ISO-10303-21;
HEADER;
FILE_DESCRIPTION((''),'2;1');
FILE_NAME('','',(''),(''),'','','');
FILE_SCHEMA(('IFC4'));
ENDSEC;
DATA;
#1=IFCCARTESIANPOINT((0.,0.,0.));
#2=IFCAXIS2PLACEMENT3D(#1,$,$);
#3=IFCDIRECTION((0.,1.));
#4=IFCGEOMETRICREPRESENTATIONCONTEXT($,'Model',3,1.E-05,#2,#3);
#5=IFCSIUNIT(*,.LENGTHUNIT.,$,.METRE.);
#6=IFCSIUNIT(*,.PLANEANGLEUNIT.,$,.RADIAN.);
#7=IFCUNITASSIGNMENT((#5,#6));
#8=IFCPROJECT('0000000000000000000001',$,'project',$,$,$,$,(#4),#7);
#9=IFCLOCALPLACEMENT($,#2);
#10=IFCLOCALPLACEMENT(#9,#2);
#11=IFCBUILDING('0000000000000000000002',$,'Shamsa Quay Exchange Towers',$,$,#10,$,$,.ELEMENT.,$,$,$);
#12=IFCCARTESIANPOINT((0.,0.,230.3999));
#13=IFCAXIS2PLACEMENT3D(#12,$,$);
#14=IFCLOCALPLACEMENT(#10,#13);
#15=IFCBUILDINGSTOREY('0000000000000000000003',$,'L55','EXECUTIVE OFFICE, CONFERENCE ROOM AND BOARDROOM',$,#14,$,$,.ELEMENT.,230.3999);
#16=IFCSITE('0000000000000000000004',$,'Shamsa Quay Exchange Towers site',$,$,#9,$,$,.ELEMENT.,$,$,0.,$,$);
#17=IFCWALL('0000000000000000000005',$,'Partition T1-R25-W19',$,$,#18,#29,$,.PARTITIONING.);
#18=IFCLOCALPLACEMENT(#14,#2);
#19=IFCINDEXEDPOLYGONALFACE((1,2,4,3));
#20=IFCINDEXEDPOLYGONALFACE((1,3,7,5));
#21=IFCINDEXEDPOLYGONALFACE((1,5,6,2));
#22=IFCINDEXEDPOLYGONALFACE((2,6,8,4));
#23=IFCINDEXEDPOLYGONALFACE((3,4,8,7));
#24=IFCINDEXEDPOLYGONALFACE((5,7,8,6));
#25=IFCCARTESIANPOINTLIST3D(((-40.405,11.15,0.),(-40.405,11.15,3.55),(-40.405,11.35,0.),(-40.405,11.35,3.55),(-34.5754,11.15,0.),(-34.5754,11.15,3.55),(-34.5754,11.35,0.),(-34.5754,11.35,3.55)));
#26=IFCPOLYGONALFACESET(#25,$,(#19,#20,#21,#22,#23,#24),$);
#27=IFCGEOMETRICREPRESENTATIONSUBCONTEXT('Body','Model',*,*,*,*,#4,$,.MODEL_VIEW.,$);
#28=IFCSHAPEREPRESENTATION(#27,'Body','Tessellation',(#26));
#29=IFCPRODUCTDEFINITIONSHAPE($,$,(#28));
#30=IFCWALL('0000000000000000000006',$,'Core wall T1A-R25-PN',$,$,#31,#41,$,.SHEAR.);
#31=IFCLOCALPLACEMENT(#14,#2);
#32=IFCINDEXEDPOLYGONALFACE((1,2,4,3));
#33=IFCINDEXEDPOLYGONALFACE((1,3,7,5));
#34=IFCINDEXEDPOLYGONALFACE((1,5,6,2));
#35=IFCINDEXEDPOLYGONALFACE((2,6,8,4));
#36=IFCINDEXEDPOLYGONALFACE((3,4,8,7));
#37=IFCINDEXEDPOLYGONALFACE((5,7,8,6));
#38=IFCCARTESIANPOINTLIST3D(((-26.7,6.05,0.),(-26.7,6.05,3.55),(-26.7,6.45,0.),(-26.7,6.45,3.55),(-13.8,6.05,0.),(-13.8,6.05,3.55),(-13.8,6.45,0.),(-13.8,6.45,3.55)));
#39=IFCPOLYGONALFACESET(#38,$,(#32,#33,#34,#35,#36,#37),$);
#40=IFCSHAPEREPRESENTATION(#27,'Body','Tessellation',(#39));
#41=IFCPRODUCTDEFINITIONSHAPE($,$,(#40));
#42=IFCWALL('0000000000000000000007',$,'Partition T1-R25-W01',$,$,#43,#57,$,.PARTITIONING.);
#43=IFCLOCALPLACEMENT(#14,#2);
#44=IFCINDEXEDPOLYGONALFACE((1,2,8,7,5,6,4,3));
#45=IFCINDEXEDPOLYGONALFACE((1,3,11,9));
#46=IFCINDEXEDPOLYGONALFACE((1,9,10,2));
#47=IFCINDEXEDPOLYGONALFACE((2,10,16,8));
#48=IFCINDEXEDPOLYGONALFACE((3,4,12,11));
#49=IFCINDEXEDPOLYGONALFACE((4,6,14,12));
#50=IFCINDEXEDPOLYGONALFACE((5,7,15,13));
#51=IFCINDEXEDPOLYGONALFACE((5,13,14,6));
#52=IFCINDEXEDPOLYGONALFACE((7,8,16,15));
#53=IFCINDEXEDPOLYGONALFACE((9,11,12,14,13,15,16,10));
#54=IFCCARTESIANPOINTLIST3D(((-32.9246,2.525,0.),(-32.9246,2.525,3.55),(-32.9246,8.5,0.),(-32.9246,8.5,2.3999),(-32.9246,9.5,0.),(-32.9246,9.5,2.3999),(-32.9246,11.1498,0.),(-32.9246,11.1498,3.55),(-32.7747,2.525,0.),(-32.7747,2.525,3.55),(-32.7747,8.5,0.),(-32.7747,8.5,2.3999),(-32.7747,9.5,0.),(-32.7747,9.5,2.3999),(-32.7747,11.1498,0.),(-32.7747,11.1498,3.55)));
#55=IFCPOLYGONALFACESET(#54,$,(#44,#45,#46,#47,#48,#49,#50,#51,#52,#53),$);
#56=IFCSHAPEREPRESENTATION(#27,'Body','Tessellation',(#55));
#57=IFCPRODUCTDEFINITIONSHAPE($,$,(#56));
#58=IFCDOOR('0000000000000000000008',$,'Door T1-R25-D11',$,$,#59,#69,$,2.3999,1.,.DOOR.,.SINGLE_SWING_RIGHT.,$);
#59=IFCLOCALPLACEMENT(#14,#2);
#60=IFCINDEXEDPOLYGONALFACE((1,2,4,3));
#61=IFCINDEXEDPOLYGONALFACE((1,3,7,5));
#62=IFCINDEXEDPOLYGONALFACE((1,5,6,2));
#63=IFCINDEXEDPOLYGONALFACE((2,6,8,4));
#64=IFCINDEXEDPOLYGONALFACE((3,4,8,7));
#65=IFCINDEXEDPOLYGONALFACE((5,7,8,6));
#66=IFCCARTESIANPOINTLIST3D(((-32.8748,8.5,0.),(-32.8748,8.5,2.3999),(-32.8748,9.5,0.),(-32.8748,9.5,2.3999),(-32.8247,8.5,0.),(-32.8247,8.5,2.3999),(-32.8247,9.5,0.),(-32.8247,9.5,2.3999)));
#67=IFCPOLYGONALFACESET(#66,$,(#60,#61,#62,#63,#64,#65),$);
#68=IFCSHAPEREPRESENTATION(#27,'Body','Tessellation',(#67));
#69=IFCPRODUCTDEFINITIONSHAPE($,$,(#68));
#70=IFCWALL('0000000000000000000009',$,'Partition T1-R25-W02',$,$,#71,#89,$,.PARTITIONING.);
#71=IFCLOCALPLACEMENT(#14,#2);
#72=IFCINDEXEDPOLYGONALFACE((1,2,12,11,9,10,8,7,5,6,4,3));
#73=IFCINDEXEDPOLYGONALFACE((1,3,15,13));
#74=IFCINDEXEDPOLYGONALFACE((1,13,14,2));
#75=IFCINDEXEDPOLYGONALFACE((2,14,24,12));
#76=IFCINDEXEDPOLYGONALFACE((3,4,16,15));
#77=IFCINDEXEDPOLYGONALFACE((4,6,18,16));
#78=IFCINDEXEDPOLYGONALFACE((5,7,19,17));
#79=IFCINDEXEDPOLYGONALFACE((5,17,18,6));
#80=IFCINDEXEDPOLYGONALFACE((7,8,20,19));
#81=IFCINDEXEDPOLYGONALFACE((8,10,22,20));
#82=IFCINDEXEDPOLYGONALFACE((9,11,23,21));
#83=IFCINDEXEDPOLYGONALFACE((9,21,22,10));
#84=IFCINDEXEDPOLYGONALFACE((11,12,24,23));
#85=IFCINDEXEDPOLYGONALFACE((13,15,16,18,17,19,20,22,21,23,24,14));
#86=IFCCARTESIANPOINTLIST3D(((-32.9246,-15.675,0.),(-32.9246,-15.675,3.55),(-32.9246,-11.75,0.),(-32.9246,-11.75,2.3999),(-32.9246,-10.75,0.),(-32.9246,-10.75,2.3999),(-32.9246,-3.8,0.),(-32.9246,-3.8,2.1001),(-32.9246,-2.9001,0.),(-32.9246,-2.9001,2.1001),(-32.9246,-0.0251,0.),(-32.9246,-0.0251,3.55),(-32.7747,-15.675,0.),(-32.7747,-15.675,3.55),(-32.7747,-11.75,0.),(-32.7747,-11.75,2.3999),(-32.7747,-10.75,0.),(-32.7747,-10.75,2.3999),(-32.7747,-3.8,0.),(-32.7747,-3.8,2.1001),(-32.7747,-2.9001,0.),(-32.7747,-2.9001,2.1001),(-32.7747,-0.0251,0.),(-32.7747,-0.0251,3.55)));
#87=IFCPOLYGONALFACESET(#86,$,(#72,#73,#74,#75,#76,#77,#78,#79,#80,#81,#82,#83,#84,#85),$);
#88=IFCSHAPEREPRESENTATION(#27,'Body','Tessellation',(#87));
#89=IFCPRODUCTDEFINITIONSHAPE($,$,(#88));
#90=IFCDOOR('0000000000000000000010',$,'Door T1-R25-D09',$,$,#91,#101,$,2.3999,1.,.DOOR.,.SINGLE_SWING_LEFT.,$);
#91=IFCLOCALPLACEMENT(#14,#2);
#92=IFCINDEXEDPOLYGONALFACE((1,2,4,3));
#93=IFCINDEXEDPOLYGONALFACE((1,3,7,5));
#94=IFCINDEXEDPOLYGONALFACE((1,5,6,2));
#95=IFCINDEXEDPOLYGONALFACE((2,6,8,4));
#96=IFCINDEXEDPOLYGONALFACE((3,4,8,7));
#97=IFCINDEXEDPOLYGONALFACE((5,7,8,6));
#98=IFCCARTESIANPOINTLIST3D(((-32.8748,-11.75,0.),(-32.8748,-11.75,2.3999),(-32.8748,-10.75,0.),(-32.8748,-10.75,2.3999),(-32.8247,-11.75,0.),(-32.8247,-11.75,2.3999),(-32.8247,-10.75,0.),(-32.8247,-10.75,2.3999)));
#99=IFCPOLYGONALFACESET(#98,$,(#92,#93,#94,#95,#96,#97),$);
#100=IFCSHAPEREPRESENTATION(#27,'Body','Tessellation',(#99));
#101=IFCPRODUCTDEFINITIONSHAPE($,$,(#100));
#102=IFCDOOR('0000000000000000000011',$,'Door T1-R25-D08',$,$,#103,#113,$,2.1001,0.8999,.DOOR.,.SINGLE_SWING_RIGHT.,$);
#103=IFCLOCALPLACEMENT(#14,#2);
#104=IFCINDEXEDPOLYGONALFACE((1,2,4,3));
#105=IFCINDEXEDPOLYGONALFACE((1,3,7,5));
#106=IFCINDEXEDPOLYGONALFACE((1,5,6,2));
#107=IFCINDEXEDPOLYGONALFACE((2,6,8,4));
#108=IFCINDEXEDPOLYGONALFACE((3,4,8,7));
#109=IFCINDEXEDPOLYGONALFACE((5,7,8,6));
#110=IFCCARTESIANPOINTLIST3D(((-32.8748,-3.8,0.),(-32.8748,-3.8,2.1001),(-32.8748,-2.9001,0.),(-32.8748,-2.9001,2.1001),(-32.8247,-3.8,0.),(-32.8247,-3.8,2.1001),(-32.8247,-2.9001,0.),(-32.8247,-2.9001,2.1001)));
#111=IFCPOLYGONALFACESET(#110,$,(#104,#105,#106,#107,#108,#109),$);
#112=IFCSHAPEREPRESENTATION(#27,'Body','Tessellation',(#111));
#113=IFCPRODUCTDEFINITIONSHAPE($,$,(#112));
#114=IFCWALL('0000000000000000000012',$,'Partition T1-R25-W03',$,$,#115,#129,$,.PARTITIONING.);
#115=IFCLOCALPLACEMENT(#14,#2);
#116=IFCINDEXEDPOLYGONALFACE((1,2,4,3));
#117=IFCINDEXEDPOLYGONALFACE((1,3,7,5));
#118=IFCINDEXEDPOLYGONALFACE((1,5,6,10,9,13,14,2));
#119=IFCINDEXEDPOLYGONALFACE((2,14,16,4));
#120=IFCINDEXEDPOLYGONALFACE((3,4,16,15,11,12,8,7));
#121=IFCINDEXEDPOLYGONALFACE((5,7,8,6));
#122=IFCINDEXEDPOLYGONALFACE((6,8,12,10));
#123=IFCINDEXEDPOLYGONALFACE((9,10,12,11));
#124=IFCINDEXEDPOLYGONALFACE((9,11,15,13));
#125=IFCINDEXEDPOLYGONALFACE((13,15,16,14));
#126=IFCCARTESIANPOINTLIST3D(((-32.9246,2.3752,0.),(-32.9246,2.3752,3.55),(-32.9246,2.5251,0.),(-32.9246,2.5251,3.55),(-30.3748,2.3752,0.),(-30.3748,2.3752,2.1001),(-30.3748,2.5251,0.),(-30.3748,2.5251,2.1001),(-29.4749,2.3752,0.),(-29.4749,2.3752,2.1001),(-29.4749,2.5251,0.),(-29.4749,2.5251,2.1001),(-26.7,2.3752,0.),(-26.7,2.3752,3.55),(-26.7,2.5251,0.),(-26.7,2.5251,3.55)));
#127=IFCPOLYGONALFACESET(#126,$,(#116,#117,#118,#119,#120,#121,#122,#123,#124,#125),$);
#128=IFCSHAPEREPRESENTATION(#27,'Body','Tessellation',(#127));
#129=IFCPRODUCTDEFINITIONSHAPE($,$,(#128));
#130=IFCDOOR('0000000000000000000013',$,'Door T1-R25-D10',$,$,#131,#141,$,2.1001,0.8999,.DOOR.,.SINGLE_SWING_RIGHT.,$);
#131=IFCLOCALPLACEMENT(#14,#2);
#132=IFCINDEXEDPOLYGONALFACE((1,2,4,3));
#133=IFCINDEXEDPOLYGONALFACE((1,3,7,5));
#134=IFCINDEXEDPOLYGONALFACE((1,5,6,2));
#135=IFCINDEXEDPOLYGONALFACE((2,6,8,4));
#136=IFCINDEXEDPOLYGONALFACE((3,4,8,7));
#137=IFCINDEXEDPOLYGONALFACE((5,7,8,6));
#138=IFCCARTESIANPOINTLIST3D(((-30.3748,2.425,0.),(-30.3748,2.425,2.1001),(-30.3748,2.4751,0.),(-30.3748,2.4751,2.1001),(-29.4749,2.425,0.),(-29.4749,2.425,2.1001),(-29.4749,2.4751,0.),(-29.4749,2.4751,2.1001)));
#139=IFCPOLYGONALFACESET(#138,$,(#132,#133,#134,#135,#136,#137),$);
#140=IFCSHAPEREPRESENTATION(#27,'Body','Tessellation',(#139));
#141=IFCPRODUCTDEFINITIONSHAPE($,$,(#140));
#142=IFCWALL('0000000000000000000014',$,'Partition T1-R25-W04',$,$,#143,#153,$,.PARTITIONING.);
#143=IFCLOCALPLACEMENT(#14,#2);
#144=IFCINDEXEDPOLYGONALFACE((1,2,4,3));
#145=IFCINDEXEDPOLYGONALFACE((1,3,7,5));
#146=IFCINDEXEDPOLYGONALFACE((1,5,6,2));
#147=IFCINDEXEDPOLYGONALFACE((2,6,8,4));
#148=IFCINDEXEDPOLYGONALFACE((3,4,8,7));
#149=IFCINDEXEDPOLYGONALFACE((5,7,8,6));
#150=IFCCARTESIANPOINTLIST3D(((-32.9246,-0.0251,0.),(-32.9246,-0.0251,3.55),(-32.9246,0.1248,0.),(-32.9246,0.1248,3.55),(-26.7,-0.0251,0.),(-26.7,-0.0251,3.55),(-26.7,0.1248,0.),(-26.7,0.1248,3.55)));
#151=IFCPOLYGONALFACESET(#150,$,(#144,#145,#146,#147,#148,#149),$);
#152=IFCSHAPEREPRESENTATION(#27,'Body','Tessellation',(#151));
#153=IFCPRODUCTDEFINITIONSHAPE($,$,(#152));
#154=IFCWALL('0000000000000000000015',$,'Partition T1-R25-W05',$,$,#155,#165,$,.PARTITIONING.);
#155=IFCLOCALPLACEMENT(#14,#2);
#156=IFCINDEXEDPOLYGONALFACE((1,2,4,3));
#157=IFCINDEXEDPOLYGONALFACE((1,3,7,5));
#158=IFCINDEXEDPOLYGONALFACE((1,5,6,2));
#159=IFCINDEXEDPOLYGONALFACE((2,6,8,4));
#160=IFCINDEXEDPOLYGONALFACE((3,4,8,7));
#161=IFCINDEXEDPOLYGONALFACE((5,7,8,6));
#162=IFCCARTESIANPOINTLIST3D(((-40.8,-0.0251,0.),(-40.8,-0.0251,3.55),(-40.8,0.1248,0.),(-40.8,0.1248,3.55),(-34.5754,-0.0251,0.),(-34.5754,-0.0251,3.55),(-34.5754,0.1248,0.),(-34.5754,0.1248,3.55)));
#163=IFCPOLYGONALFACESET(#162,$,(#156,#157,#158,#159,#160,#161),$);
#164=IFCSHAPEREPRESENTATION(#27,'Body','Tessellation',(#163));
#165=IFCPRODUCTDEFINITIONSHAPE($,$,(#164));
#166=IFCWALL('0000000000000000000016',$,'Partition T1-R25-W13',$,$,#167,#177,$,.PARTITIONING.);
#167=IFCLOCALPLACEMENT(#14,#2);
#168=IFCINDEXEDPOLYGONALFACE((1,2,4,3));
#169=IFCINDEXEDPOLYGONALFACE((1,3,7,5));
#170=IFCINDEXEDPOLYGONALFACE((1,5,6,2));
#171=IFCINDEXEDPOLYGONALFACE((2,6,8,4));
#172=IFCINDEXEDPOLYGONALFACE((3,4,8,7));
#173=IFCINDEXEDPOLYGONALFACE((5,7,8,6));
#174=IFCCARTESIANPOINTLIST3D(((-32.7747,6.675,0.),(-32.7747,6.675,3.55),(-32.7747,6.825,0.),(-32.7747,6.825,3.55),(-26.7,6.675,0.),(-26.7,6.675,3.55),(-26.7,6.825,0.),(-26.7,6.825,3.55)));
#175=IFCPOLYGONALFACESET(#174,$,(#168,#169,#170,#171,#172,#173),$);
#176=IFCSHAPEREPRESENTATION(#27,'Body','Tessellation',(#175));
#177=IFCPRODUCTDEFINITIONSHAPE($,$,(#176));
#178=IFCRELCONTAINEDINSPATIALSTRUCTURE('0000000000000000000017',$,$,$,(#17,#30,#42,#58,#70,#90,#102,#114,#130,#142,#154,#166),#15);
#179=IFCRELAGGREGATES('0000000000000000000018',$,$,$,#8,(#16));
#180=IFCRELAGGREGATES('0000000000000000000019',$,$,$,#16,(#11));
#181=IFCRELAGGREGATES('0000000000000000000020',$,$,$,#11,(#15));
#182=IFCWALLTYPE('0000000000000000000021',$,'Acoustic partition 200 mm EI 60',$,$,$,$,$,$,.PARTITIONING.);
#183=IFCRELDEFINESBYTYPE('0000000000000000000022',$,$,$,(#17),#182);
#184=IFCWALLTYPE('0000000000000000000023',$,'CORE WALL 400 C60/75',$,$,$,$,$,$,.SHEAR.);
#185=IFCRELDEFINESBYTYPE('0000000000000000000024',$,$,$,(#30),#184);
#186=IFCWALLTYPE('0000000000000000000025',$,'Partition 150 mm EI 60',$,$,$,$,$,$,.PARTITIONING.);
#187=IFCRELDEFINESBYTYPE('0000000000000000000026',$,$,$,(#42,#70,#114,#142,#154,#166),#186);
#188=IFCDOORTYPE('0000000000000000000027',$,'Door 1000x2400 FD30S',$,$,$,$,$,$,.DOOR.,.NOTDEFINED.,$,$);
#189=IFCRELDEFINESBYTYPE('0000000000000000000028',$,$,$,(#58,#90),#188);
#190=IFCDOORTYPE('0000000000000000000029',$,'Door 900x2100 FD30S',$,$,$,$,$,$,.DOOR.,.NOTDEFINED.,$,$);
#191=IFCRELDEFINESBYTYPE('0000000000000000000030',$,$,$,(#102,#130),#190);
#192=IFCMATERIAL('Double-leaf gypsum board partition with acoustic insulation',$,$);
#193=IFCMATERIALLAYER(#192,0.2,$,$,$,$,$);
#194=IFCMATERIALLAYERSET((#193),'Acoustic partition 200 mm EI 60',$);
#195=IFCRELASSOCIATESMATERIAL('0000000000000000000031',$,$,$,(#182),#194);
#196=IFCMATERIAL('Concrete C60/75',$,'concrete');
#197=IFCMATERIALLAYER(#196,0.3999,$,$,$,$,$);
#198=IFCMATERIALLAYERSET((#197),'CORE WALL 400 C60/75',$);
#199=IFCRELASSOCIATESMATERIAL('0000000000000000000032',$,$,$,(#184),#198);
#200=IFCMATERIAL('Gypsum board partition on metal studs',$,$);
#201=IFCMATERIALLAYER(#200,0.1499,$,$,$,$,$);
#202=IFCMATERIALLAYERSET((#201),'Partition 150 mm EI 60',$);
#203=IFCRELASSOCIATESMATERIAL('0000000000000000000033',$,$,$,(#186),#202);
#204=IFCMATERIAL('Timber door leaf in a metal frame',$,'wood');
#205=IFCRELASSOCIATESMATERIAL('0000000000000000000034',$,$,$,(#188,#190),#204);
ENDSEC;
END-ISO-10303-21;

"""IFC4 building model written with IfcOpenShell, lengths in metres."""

from ifc_helpers import new_model, si_unit, direction, frame, frame_2d, origin, place, context, subcontext, project, spatial, rectangle, extrude, material, layer, layer_set, type_object, element, fill, save


model = new_model("IFC4")

# Units and contexts
model_context = context("Model", 3, precision=1e-05, world=origin(), true_north=direction((0.0, 1.0)))
body_context = subcontext(model_context, "Body", "Model", "MODEL_VIEW")
ifc_project = project(units=[si_unit("LENGTHUNIT", "METRE"), si_unit("PLANEANGLEUNIT", "RADIAN")], contexts=[model_context])

# Site, building, storey
site_placement = place(None, origin())
site = spatial("IfcSite", under=ifc_project, at=site_placement, Name="Shamsa Quay Exchange Towers site", CompositionType="ELEMENT", RefElevation=0.0)
building_placement = place(site_placement, origin())
building = spatial("IfcBuilding", under=site, at=building_placement, Name="Shamsa Quay Exchange Towers", CompositionType="ELEMENT")
storey_placement = place(building_placement, frame((0.0, 0.0, 230.3999)))
storey = spatial("IfcBuildingStorey", under=building, at=storey_placement, Name="L55", Description="EXECUTIVE OFFICE, CONFERENCE ROOM AND BOARDROOM", CompositionType="ELEMENT", Elevation=230.3999)

# Walls
ifc_material_1 = material(Name="Double-leaf gypsum board partition with acoustic insulation")
ifc_layer_1 = layer(ifc_material_1, 0.2)
ifc_layer_set_1 = layer_set([ifc_layer_1], Name="Acoustic partition 200 mm EI 60")
wall_type_1 = type_object("IfcWallType", Name="Acoustic partition 200 mm EI 60", PredefinedType="PARTITIONING", material=ifc_layer_set_1)
wall_1_placement = place(storey_placement, frame((-34.5754, 11.25, 0.0), z_axis=(0.0, 0.0, 1.0), x_axis=(-1.0, 0.0, 0.0)))
element("IfcWall", 1, at=wall_1_placement, inside=storey, type_object=wall_type_1, Name="Partition T1-R25-W19", PredefinedType="PARTITIONING", context=body_context, shape_type="SweptSolid", body=[
    extrude(rectangle(XDim=5.8296, YDim=0.2, at=frame_2d((2.9148, 0.0))), origin(), (0.0, 0.0, 1.0), 3.55),
])
ifc_material_2 = material(Name="Concrete C60/75", Category="concrete")
ifc_layer_2 = layer(ifc_material_2, 0.3999)
ifc_layer_set_2 = layer_set([ifc_layer_2], Name="CORE WALL 400 C60/75")
wall_type_2 = type_object("IfcWallType", Name="CORE WALL 400 C60/75", PredefinedType="SHEAR", material=ifc_layer_set_2)
wall_2_placement = place(storey_placement, frame((-26.7, 6.25, 0.0)))
element("IfcWall", 2, at=wall_2_placement, inside=storey, type_object=wall_type_2, Name="Core wall T1A-R25-PN", PredefinedType="SHEAR", context=body_context, shape_type="SweptSolid", body=[
    extrude(rectangle(XDim=12.8999, YDim=0.3999, at=frame_2d((6.45, 0.0))), origin(), (0.0, 0.0, 1.0), 3.55),
])

# Wall, opening, door
ifc_material_3 = material(Name="Gypsum board partition on metal studs")
ifc_layer_3 = layer(ifc_material_3, 0.1499)
ifc_layer_set_3 = layer_set([ifc_layer_3], Name="Partition 150 mm EI 60")
wall_type_3 = type_object("IfcWallType", Name="Partition 150 mm EI 60", PredefinedType="PARTITIONING", material=ifc_layer_set_3)
wall_3_placement = place(storey_placement, frame((-32.8496, 11.1499, 0.0), z_axis=(0.0, 0.0, 1.0), x_axis=(0.0, -1.0, 0.0)))
wall_3 = element("IfcWall", 3, at=wall_3_placement, inside=storey, type_object=wall_type_3, Name="Partition T1-R25-W01", PredefinedType="PARTITIONING", context=body_context, shape_type="SweptSolid", body=[
    extrude(rectangle(XDim=8.6248, YDim=0.1499, at=frame_2d((4.3125, 0.0))), origin(), (0.0, 0.0, 1.0), 3.55),
])
opening_1_placement = place(wall_3_placement, frame((1.6499, 0.0, 0.0)))
opening_1 = element("IfcOpeningElement", 4, at=opening_1_placement, cuts=wall_3, PredefinedType="OPENING", context=body_context, shape_type="SweptSolid", body=[
    extrude(rectangle(XDim=1.0, YDim=2.3999, at=frame_2d((0.5, 1.2))), frame((0.0, 0.085, 0.0), z_axis=(0.0, -1.0, 0.0), x_axis=(1.0, 0.0, 0.0)), (0.0, 0.0, 1.0), 0.1699),
])
ifc_material_4 = material(Name="Timber door leaf in a metal frame", Category="wood")
door_type_1 = type_object("IfcDoorType", Name="Door 1000x2400 FD30S", OperationType="NOTDEFINED", PredefinedType="DOOR", material=ifc_material_4)
door_1_placement = place(opening_1_placement, origin())
door_1 = element("IfcDoor", 5, at=door_1_placement, inside=storey, type_object=door_type_1, Name="Door T1-R25-D11", OperationType="SINGLE_SWING_RIGHT", OverallHeight=2.3999, OverallWidth=1.0, PredefinedType="DOOR", context=body_context, shape_type="SweptSolid", body=[
    extrude(rectangle(XDim=1.0, YDim=2.3999, at=frame_2d((0.5, 1.2))), frame((0.0, 0.0249, 0.0), z_axis=(0.0, -1.0, 0.0), x_axis=(1.0, 0.0, 0.0)), (0.0, 0.0, 1.0), 0.05),
])
fill(opening_1, door_1)

# Wall, openings, doors
wall_4_placement = place(storey_placement, frame((-32.8496, -0.0251, 0.0), z_axis=(0.0, 0.0, 1.0), x_axis=(0.0, -1.0, 0.0)))
wall_4 = element("IfcWall", 6, at=wall_4_placement, inside=storey, type_object=wall_type_3, Name="Partition T1-R25-W02", PredefinedType="PARTITIONING", context=body_context, shape_type="SweptSolid", body=[
    extrude(rectangle(XDim=15.6499, YDim=0.1499, at=frame_2d((7.825, 0.0))), origin(), (0.0, 0.0, 1.0), 3.55),
])
opening_2_placement = place(wall_4_placement, frame((2.875, 0.0, 0.0)))
opening_2 = element("IfcOpeningElement", 7, at=opening_2_placement, cuts=wall_4, PredefinedType="OPENING", context=body_context, shape_type="SweptSolid", body=[
    extrude(rectangle(XDim=0.8999, YDim=2.1001, at=frame_2d((0.45, 1.05))), frame((0.0, 0.085, 0.0), z_axis=(0.0, -1.0, 0.0), x_axis=(1.0, 0.0, 0.0)), (0.0, 0.0, 1.0), 0.1699),
])
opening_3_placement = place(wall_4_placement, frame((10.7249, 0.0, 0.0)))
opening_3 = element("IfcOpeningElement", 8, at=opening_3_placement, cuts=wall_4, PredefinedType="OPENING", context=body_context, shape_type="SweptSolid", body=[
    extrude(rectangle(XDim=1.0, YDim=2.3999, at=frame_2d((0.5, 1.2))), frame((0.0, 0.085, 0.0), z_axis=(0.0, -1.0, 0.0), x_axis=(1.0, 0.0, 0.0)), (0.0, 0.0, 1.0), 0.1699),
])
door_2_placement = place(opening_3_placement, origin())
door_2 = element("IfcDoor", 9, at=door_2_placement, inside=storey, type_object=door_type_1, Name="Door T1-R25-D09", OperationType="SINGLE_SWING_LEFT", OverallHeight=2.3999, OverallWidth=1.0, PredefinedType="DOOR", context=body_context, shape_type="SweptSolid", body=[
    extrude(rectangle(XDim=1.0, YDim=2.3999, at=frame_2d((0.5, 1.2))), frame((0.0, 0.0249, 0.0), z_axis=(0.0, -1.0, 0.0), x_axis=(1.0, 0.0, 0.0)), (0.0, 0.0, 1.0), 0.05),
])
fill(opening_3, door_2)
door_type_2 = type_object("IfcDoorType", Name="Door 900x2100 FD30S", OperationType="NOTDEFINED", PredefinedType="DOOR", material=ifc_material_4)
door_3_placement = place(opening_2_placement, origin())
door_3 = element("IfcDoor", 10, at=door_3_placement, inside=storey, type_object=door_type_2, Name="Door T1-R25-D08", OperationType="SINGLE_SWING_RIGHT", OverallHeight=2.1001, OverallWidth=0.8999, PredefinedType="DOOR", context=body_context, shape_type="SweptSolid", body=[
    extrude(rectangle(XDim=0.8999, YDim=2.1001, at=frame_2d((0.45, 1.05))), frame((0.0, 0.0249, 0.0), z_axis=(0.0, -1.0, 0.0), x_axis=(1.0, 0.0, 0.0)), (0.0, 0.0, 1.0), 0.05),
])
fill(opening_2, door_3)

# Wall, opening, door
wall_5_placement = place(storey_placement, frame((-32.9246, 2.4502, 0.0)))
wall_5 = element("IfcWall", 11, at=wall_5_placement, inside=storey, type_object=wall_type_3, Name="Partition T1-R25-W03", PredefinedType="PARTITIONING", context=body_context, shape_type="SweptSolid", body=[
    extrude(rectangle(XDim=6.2246, YDim=0.1499, at=frame_2d((3.1123, 0.0))), origin(), (0.0, 0.0, 1.0), 3.55),
])
opening_4_placement = place(wall_5_placement, frame((2.5498, 0.0, 0.0)))
opening_4 = element("IfcOpeningElement", 12, at=opening_4_placement, cuts=wall_5, PredefinedType="OPENING", context=body_context, shape_type="SweptSolid", body=[
    extrude(rectangle(XDim=0.8999, YDim=2.1001, at=frame_2d((0.45, 1.05))), frame((0.0, 0.085, 0.0), z_axis=(0.0, -1.0, 0.0), x_axis=(1.0, 0.0, 0.0)), (0.0, 0.0, 1.0), 0.1699),
])
door_4_placement = place(opening_4_placement, origin())
door_4 = element("IfcDoor", 13, at=door_4_placement, inside=storey, type_object=door_type_2, Name="Door T1-R25-D10", OperationType="SINGLE_SWING_RIGHT", OverallHeight=2.1001, OverallWidth=0.8999, PredefinedType="DOOR", context=body_context, shape_type="SweptSolid", body=[
    extrude(rectangle(XDim=0.8999, YDim=2.1001, at=frame_2d((0.45, 1.05))), frame((0.0, 0.0249, 0.0), z_axis=(0.0, -1.0, 0.0), x_axis=(1.0, 0.0, 0.0)), (0.0, 0.0, 1.0), 0.05),
])
fill(opening_4, door_4)

# Walls
for number, where, z_axis, x_axis, name in (
    (14, (-26.7, 0.0498, 0.0), (0.0, 0.0, 1.0), (-1.0, 0.0, 0.0), "Partition T1-R25-W04"),
    (15, (-34.5754, 0.0498, 0.0), (0.0, 0.0, 1.0), (-1.0, 0.0, 0.0), "Partition T1-R25-W05"),
):
    element("IfcWall", number, at=place(storey_placement, frame(where, z_axis=z_axis, x_axis=x_axis)), inside=storey, type_object=wall_type_3, Name=name, PredefinedType="PARTITIONING", context=body_context, shape_type="SweptSolid", body=[
        extrude(rectangle(XDim=6.2246, YDim=0.1499, at=frame_2d((3.1123, 0.0))), origin(), (0.0, 0.0, 1.0), 3.55),
    ])
wall_6_placement = place(storey_placement, frame((-26.7, 6.75, 0.0), z_axis=(0.0, 0.0, 1.0), x_axis=(-1.0, 0.0, 0.0)))
element("IfcWall", 16, at=wall_6_placement, inside=storey, type_object=wall_type_3, Name="Partition T1-R25-W13", PredefinedType="PARTITIONING", context=body_context, shape_type="SweptSolid", body=[
    extrude(rectangle(XDim=6.0747, YDim=0.1499, at=frame_2d((3.0374, 0.0))), origin(), (0.0, 0.0, 1.0), 3.55),
])

save(model, "model.ifc")
